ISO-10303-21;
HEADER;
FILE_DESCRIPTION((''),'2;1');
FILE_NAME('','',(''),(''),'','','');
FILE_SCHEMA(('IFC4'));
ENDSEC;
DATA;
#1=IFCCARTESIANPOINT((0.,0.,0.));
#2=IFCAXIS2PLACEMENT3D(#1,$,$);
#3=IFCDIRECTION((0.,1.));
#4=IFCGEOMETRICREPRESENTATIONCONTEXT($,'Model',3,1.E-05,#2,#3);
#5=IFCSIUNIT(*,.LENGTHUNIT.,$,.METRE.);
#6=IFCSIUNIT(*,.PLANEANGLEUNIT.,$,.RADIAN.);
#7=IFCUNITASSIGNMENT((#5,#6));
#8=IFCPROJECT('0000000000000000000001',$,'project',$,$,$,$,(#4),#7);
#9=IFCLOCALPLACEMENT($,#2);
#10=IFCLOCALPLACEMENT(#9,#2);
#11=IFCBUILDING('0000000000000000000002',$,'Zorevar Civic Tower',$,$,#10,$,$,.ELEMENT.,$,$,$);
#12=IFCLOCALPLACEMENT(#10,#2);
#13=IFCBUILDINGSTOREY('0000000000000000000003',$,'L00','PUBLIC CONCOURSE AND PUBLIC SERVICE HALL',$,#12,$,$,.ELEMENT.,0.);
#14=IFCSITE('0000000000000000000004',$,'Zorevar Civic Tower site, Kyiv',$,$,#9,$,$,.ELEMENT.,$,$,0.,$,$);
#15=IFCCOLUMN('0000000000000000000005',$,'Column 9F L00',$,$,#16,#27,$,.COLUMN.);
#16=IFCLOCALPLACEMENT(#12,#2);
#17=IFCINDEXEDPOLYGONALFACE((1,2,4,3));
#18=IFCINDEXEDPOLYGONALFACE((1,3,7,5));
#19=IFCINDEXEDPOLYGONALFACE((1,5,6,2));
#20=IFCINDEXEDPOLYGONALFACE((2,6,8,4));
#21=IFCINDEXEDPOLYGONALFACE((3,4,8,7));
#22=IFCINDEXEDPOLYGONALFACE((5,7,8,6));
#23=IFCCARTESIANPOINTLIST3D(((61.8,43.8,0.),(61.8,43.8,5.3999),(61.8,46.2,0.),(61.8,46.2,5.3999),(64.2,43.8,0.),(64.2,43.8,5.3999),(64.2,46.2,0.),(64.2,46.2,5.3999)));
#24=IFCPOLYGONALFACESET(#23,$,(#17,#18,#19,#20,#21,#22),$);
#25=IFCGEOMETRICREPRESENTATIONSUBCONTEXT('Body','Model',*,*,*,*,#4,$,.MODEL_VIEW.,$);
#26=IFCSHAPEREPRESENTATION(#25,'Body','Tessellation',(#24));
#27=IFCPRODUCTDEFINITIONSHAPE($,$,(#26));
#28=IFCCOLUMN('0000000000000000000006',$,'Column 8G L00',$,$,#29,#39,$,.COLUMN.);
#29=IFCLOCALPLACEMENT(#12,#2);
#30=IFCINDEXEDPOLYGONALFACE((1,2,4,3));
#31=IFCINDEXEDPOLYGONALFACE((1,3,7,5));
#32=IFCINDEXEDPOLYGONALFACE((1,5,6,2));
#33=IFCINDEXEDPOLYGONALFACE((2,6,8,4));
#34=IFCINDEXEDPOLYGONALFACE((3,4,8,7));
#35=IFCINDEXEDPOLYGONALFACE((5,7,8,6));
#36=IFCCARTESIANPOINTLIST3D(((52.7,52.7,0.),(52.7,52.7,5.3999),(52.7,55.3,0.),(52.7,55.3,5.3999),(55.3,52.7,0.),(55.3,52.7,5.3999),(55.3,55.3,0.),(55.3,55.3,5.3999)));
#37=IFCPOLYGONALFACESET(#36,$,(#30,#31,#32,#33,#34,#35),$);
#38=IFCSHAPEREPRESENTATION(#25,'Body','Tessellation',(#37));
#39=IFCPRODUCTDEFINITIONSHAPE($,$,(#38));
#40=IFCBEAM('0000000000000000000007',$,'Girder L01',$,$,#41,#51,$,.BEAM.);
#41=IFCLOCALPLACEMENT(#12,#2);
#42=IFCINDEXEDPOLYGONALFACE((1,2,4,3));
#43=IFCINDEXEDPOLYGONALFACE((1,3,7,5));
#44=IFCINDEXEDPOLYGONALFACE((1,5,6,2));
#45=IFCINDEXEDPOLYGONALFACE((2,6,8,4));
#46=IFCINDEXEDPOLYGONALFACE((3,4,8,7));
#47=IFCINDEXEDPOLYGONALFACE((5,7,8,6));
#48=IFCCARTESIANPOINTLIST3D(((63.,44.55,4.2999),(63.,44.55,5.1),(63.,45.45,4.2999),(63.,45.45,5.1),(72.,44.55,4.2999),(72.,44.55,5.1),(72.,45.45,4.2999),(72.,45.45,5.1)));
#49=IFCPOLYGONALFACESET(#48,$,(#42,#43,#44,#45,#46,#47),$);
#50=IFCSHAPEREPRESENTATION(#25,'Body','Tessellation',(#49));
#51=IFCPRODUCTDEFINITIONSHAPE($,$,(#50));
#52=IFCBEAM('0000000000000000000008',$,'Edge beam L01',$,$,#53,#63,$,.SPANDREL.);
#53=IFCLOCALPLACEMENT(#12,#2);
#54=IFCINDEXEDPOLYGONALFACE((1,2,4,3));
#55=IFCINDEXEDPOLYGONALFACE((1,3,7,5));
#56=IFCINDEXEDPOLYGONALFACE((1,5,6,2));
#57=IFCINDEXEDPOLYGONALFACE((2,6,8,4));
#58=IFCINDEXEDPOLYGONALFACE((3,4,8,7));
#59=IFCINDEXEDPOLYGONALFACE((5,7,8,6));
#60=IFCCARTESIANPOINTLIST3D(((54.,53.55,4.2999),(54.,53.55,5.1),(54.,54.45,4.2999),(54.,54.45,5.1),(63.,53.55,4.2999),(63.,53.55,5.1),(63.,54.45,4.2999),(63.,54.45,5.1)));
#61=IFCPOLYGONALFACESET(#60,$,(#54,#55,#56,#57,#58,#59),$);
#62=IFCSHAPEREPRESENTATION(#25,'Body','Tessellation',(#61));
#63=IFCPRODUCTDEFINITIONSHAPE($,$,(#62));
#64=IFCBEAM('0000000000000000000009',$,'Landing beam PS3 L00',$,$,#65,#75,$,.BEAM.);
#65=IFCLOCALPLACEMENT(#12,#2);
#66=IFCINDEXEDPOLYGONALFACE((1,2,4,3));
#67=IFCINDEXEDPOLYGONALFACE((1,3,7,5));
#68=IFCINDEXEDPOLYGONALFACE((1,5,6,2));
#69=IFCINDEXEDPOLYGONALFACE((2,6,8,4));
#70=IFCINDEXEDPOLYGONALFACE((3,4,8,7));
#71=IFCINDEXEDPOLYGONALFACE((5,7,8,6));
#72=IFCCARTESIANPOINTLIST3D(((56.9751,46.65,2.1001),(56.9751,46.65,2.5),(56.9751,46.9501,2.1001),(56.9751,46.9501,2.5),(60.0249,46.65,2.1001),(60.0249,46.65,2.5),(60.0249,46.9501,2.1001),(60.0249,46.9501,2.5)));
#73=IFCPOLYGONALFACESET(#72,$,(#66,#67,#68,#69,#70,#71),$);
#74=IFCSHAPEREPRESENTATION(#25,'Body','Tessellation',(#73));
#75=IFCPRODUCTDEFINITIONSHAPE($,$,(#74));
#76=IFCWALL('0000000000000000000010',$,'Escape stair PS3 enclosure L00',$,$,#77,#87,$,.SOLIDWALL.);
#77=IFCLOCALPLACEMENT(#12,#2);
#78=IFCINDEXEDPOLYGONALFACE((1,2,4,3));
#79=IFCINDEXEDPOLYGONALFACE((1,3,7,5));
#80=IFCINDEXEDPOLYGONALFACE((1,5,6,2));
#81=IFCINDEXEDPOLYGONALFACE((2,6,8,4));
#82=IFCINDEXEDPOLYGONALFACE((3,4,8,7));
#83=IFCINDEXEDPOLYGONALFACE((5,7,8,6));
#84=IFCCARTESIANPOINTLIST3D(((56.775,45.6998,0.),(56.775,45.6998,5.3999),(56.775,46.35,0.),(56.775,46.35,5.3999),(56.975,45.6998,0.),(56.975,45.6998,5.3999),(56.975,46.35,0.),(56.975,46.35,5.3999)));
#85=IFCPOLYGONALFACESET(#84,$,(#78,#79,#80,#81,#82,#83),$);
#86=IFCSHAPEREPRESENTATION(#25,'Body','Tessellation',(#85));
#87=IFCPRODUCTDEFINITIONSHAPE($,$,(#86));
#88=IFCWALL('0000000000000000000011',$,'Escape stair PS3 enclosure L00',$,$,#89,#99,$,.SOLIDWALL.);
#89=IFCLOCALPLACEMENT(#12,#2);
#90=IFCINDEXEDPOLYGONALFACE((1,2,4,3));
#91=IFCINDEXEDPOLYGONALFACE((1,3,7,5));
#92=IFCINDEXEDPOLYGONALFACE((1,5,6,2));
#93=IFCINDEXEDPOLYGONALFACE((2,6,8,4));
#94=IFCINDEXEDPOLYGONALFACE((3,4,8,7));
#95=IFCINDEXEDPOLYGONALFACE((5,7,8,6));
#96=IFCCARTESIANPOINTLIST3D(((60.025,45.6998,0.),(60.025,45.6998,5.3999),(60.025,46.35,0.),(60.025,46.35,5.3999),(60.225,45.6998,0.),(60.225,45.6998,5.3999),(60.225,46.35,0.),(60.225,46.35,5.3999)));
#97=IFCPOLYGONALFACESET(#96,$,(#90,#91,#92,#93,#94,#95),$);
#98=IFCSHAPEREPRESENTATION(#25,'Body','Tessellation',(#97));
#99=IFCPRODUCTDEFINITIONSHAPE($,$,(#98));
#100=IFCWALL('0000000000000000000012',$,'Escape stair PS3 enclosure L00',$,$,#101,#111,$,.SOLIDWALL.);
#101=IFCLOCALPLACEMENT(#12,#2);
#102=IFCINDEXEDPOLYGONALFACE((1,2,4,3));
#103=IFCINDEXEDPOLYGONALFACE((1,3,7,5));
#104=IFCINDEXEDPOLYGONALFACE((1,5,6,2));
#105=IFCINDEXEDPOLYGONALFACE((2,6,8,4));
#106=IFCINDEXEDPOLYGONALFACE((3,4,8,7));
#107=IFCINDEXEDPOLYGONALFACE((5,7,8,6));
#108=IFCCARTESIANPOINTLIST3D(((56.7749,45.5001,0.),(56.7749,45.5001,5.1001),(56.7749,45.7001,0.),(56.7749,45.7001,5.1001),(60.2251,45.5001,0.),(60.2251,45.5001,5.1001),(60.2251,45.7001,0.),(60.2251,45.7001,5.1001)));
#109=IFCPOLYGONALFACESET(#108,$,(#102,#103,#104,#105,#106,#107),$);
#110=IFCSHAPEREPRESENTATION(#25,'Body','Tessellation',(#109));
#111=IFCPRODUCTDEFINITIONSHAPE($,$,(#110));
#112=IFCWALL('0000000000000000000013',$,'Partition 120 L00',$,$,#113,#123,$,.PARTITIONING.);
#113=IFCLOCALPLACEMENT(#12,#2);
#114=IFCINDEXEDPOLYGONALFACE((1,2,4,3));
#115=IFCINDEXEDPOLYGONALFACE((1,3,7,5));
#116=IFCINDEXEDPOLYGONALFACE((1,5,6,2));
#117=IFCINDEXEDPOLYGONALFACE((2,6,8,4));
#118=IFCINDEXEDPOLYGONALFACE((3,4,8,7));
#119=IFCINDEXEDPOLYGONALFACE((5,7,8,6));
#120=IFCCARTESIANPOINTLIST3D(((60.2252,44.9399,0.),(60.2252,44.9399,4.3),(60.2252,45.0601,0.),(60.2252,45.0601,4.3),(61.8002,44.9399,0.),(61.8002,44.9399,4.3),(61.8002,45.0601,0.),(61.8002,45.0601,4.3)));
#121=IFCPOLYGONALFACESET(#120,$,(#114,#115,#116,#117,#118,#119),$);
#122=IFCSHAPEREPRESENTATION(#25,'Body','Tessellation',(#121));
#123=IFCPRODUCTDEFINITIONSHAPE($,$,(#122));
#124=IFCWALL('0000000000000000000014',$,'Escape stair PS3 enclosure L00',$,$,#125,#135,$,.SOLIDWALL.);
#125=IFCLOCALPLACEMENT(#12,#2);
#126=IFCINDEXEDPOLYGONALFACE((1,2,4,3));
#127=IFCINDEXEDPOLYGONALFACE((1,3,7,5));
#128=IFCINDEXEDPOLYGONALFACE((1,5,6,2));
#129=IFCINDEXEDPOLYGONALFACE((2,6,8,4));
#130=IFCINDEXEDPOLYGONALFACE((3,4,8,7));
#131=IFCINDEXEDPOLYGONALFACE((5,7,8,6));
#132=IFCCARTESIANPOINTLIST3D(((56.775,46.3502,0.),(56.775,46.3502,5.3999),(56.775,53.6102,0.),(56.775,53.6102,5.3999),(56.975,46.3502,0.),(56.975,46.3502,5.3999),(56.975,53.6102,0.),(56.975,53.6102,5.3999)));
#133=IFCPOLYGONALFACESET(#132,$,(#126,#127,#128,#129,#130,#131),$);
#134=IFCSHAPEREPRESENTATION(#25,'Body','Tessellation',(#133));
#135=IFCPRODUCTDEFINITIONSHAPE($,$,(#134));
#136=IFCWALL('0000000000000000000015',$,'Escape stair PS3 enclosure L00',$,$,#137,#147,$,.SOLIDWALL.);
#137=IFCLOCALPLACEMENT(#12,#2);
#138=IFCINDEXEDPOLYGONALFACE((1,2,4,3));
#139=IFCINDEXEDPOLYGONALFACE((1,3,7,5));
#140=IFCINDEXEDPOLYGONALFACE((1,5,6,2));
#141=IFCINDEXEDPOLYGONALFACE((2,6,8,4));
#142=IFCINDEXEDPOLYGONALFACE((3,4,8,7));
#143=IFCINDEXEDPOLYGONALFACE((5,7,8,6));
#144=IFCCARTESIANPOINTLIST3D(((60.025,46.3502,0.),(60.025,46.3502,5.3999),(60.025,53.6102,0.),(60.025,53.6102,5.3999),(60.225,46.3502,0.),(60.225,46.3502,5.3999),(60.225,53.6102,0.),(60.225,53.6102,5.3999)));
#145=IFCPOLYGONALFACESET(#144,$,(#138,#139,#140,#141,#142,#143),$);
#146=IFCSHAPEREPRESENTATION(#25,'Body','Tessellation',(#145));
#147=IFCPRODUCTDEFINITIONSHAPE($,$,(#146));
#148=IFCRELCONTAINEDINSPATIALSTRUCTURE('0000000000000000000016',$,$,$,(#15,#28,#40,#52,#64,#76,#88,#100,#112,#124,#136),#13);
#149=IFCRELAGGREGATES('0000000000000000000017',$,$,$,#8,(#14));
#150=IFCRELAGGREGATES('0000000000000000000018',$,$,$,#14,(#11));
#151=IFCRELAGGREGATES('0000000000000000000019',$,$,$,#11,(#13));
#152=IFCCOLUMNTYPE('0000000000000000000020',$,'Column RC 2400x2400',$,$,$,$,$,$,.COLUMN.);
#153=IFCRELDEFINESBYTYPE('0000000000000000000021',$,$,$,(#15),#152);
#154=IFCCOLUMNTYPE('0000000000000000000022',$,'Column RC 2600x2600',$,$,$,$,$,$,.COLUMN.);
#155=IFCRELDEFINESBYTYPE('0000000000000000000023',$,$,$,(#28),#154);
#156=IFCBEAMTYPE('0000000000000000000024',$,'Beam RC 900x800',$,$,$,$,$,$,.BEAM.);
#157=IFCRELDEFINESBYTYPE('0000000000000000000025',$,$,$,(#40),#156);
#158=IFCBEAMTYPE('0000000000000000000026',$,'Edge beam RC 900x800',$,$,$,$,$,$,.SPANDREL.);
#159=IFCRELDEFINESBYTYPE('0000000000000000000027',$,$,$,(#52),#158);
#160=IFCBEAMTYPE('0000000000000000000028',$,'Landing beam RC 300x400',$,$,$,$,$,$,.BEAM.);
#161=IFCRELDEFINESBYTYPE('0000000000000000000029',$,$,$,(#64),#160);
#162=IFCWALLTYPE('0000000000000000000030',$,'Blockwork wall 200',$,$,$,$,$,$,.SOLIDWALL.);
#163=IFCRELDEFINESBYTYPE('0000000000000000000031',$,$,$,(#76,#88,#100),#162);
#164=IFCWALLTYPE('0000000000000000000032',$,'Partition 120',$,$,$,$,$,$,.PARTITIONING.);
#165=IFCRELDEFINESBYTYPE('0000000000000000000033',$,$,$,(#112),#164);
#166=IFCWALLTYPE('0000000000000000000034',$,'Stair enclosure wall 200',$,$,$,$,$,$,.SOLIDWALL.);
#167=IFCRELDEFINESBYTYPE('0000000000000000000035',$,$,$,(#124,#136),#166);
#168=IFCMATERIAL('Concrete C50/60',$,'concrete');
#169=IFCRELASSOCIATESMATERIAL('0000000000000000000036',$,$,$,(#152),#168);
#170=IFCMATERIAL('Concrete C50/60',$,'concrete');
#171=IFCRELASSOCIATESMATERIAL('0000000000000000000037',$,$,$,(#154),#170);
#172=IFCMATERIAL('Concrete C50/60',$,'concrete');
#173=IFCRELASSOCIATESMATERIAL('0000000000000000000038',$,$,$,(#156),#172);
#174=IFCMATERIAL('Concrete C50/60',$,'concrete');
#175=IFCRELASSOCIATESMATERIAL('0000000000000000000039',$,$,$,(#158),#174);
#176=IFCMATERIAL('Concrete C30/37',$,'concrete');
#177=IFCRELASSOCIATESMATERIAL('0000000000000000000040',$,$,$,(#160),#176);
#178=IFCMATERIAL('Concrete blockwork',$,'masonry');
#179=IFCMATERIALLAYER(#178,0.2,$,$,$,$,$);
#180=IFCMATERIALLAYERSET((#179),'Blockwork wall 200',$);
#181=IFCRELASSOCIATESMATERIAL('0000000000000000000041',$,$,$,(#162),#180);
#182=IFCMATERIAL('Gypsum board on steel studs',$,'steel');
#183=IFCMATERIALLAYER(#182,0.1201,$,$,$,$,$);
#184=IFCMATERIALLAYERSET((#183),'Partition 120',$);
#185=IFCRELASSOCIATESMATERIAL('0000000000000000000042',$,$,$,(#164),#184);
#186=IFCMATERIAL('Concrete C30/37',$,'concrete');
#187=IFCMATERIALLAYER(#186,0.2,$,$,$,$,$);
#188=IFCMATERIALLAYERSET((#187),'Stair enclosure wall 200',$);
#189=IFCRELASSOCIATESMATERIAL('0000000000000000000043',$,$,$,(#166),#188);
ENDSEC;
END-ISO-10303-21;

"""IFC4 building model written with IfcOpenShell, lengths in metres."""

from ifc_helpers import new_model, si_unit, direction, frame, frame_2d, origin, origin_2d, place, context, subcontext, project, spatial, rectangle, extrude, material, layer, layer_set, material_profile, profile_set, type_object, element, save


model = new_model("IFC4")

# Units and contexts
model_context = context("Model", 3, precision=1e-05, world=origin(), true_north=direction((0.0, 1.0)))
body_context = subcontext(model_context, "Body", "Model", "MODEL_VIEW")
ifc_project = project(units=[si_unit("LENGTHUNIT", "METRE"), si_unit("PLANEANGLEUNIT", "RADIAN")], contexts=[model_context])

# Site, building, storey
site_placement = place(None, origin())
site = spatial("IfcSite", under=ifc_project, at=site_placement, Name="Zorevar Civic Tower site, Kyiv", CompositionType="ELEMENT", RefElevation=0.0)
building_placement = place(site_placement, origin())
building = spatial("IfcBuilding", under=site, at=building_placement, Name="Zorevar Civic Tower", CompositionType="ELEMENT")
storey_placement = place(building_placement, origin())
storey = spatial("IfcBuildingStorey", under=building, at=storey_placement, Name="L00", Description="PUBLIC CONCOURSE AND PUBLIC SERVICE HALL", CompositionType="ELEMENT", Elevation=0.0)

# Columns
ifc_material_1 = material(Name="Concrete C50/60", Category="concrete")
ifc_material_profile_1 = material_profile(ifc_material_1, rectangle(XDim=2.3999, YDim=2.3999, at=origin_2d()), Name="RC 2400x2400")
ifc_profile_set_1 = profile_set([ifc_material_profile_1], Name="Concrete C50/60")
column_type_1 = type_object("IfcColumnType", Name="Column RC 2400x2400", PredefinedType="COLUMN", material=ifc_profile_set_1)
column_1_placement = place(storey_placement, frame((63.0, 45.0, 0.0), z_axis=(0.0, 0.0, 1.0), x_axis=(1.0, 0.0, 0.0)))
element("IfcColumn", 1, at=column_1_placement, inside=storey, type_object=column_type_1, Name="Column 9F L00", PredefinedType="COLUMN", context=body_context, shape_type="SweptSolid", body=[
    extrude(rectangle(XDim=2.3999, YDim=2.3999, at=origin_2d()), origin(), (0.0, 0.0, 1.0), 5.3999),
])
ifc_material_2 = material(Name="Concrete C50/60", Category="concrete")
ifc_material_profile_2 = material_profile(ifc_material_2, rectangle(XDim=2.6001, YDim=2.6001, at=origin_2d()), Name="RC 2600x2600")
ifc_profile_set_2 = profile_set([ifc_material_profile_2], Name="Concrete C50/60")
column_type_2 = type_object("IfcColumnType", Name="Column RC 2600x2600", PredefinedType="COLUMN", material=ifc_profile_set_2)
column_2_placement = place(storey_placement, frame((54.0, 54.0, 0.0), z_axis=(0.0, 0.0, 1.0), x_axis=(1.0, 0.0, 0.0)))
element("IfcColumn", 2, at=column_2_placement, inside=storey, type_object=column_type_2, Name="Column 8G L00", PredefinedType="COLUMN", context=body_context, shape_type="SweptSolid", body=[
    extrude(rectangle(XDim=2.6001, YDim=2.6001, at=origin_2d()), origin(), (0.0, 0.0, 1.0), 5.3999),
])

# Beams
ifc_material_3 = material(Name="Concrete C50/60", Category="concrete")
ifc_material_profile_3 = material_profile(ifc_material_3, rectangle(XDim=0.8999, YDim=0.8, at=origin_2d()), Name="RC 900x800")
ifc_profile_set_3 = profile_set([ifc_material_profile_3], Name="Concrete C50/60")
beam_type_1 = type_object("IfcBeamType", Name="Beam RC 900x800", PredefinedType="BEAM", material=ifc_profile_set_3)
beam_1_placement = place(storey_placement, frame((63.0, 45.0, 4.7), z_axis=(1.0, 0.0, 0.0), x_axis=(0.0, 1.0, 0.0)))
element("IfcBeam", 3, at=beam_1_placement, inside=storey, type_object=beam_type_1, Name="Girder L01", PredefinedType="BEAM", context=body_context, shape_type="SweptSolid", body=[
    extrude(rectangle(XDim=0.8999, YDim=0.8, at=origin_2d()), origin(), (0.0, 0.0, 1.0), 9.0),
])
ifc_material_4 = material(Name="Concrete C50/60", Category="concrete")
ifc_material_profile_4 = material_profile(ifc_material_4, rectangle(XDim=0.8999, YDim=0.8, at=origin_2d()), Name="RC 900x800")
ifc_profile_set_4 = profile_set([ifc_material_profile_4], Name="Concrete C50/60")
beam_type_2 = type_object("IfcBeamType", Name="Edge beam RC 900x800", PredefinedType="SPANDREL", material=ifc_profile_set_4)
beam_2_placement = place(storey_placement, frame((54.0, 54.0, 4.7), z_axis=(1.0, 0.0, 0.0), x_axis=(0.0, 1.0, 0.0)))
element("IfcBeam", 4, at=beam_2_placement, inside=storey, type_object=beam_type_2, Name="Edge beam L01", PredefinedType="SPANDREL", context=body_context, shape_type="SweptSolid", body=[
    extrude(rectangle(XDim=0.8999, YDim=0.8, at=origin_2d()), origin(), (0.0, 0.0, 1.0), 9.0),
])
ifc_material_5 = material(Name="Concrete C30/37", Category="concrete")
ifc_material_profile_5 = material_profile(ifc_material_5, rectangle(XDim=0.3, YDim=0.3999, at=origin_2d()), Name="RC 300x400")
ifc_profile_set_5 = profile_set([ifc_material_profile_5], Name="Concrete C30/37")
beam_type_3 = type_object("IfcBeamType", Name="Landing beam RC 300x400", PredefinedType="BEAM", material=ifc_profile_set_5)
beam_3_placement = place(storey_placement, frame((56.9751, 46.8, 2.3), z_axis=(1.0, 0.0, 0.0), x_axis=(0.0, 1.0, 0.0)))
element("IfcBeam", 5, at=beam_3_placement, inside=storey, type_object=beam_type_3, Name="Landing beam PS3 L00", PredefinedType="BEAM", context=body_context, shape_type="SweptSolid", body=[
    extrude(rectangle(XDim=0.3, YDim=0.3999, at=origin_2d()), origin(), (0.0, 0.0, 1.0), 3.0498),
])

# Walls
ifc_material_6 = material(Name="Concrete blockwork", Category="masonry")
ifc_layer_1 = layer(ifc_material_6, 0.2)
ifc_layer_set_1 = layer_set([ifc_layer_1], Name="Blockwork wall 200")
wall_type_1 = type_object("IfcWallType", Name="Blockwork wall 200", PredefinedType="SOLIDWALL", material=ifc_layer_set_1)
for number, where, z_axis, x_axis, name in (
    (6, (56.875, 46.3501, 0.0), (0.0, 0.0, 1.0), (0.0, -1.0, 0.0), "Escape stair PS3 enclosure L00"),
    (7, (60.125, 46.3501, 0.0), (0.0, 0.0, 1.0), (0.0, -1.0, 0.0), "Escape stair PS3 enclosure L00"),
):
    element("IfcWall", number, at=place(storey_placement, frame(where, z_axis=z_axis, x_axis=x_axis)), inside=storey, type_object=wall_type_1, Name=name, PredefinedType="SOLIDWALL", context=body_context, shape_type="SweptSolid", body=[
        extrude(rectangle(XDim=0.6501, YDim=0.2, at=frame_2d((0.3252, 0.0))), origin(), (0.0, 0.0, 1.0), 5.3999),
    ])
wall_1_placement = place(storey_placement, frame((56.7749, 45.6001, 0.0), z_axis=(0.0, 0.0, 1.0), x_axis=(1.0, 0.0, 0.0)))
element("IfcWall", 8, at=wall_1_placement, inside=storey, type_object=wall_type_1, Name="Escape stair PS3 enclosure L00", PredefinedType="SOLIDWALL", context=body_context, shape_type="SweptSolid", body=[
    extrude(rectangle(XDim=3.4502, YDim=0.2, at=frame_2d((1.7251, 0.0))), origin(), (0.0, 0.0, 1.0), 5.1001),
])
ifc_material_7 = material(Name="Gypsum board on steel studs", Category="steel")
ifc_layer_2 = layer(ifc_material_7, 0.1201)
ifc_layer_set_2 = layer_set([ifc_layer_2], Name="Partition 120")
wall_type_2 = type_object("IfcWallType", Name="Partition 120", PredefinedType="PARTITIONING", material=ifc_layer_set_2)
wall_2_placement = place(storey_placement, frame((60.2251, 45.0, 0.0), z_axis=(0.0, 0.0, 1.0), x_axis=(1.0, 0.0, 0.0)))
element("IfcWall", 9, at=wall_2_placement, inside=storey, type_object=wall_type_2, Name="Partition 120 L00", PredefinedType="PARTITIONING", context=body_context, shape_type="SweptSolid", body=[
    extrude(rectangle(XDim=1.575, YDim=0.1201, at=frame_2d((0.7876, 0.0))), origin(), (0.0, 0.0, 1.0), 4.3),
])

# Walls
ifc_material_8 = material(Name="Concrete C30/37", Category="concrete")
ifc_layer_3 = layer(ifc_material_8, 0.2)
ifc_layer_set_3 = layer_set([ifc_layer_3], Name="Stair enclosure wall 200")
wall_type_3 = type_object("IfcWallType", Name="Stair enclosure wall 200", PredefinedType="SOLIDWALL", material=ifc_layer_set_3)
for number, where, z_axis, x_axis, name in (
    (10, (56.875, 53.6101, 0.0), (0.0, 0.0, 1.0), (0.0, -1.0, 0.0), "Escape stair PS3 enclosure L00"),
    (11, (60.125, 53.6101, 0.0), (0.0, 0.0, 1.0), (0.0, -1.0, 0.0), "Escape stair PS3 enclosure L00"),
):
    element("IfcWall", number, at=place(storey_placement, frame(where, z_axis=z_axis, x_axis=x_axis)), inside=storey, type_object=wall_type_3, Name=name, PredefinedType="SOLIDWALL", context=body_context, shape_type="SweptSolid", body=[
        extrude(rectangle(XDim=7.26, YDim=0.2, at=frame_2d((3.6299, 0.0))), origin(), (0.0, 0.0, 1.0), 5.3999),
    ])

save(model, "model.ifc")
